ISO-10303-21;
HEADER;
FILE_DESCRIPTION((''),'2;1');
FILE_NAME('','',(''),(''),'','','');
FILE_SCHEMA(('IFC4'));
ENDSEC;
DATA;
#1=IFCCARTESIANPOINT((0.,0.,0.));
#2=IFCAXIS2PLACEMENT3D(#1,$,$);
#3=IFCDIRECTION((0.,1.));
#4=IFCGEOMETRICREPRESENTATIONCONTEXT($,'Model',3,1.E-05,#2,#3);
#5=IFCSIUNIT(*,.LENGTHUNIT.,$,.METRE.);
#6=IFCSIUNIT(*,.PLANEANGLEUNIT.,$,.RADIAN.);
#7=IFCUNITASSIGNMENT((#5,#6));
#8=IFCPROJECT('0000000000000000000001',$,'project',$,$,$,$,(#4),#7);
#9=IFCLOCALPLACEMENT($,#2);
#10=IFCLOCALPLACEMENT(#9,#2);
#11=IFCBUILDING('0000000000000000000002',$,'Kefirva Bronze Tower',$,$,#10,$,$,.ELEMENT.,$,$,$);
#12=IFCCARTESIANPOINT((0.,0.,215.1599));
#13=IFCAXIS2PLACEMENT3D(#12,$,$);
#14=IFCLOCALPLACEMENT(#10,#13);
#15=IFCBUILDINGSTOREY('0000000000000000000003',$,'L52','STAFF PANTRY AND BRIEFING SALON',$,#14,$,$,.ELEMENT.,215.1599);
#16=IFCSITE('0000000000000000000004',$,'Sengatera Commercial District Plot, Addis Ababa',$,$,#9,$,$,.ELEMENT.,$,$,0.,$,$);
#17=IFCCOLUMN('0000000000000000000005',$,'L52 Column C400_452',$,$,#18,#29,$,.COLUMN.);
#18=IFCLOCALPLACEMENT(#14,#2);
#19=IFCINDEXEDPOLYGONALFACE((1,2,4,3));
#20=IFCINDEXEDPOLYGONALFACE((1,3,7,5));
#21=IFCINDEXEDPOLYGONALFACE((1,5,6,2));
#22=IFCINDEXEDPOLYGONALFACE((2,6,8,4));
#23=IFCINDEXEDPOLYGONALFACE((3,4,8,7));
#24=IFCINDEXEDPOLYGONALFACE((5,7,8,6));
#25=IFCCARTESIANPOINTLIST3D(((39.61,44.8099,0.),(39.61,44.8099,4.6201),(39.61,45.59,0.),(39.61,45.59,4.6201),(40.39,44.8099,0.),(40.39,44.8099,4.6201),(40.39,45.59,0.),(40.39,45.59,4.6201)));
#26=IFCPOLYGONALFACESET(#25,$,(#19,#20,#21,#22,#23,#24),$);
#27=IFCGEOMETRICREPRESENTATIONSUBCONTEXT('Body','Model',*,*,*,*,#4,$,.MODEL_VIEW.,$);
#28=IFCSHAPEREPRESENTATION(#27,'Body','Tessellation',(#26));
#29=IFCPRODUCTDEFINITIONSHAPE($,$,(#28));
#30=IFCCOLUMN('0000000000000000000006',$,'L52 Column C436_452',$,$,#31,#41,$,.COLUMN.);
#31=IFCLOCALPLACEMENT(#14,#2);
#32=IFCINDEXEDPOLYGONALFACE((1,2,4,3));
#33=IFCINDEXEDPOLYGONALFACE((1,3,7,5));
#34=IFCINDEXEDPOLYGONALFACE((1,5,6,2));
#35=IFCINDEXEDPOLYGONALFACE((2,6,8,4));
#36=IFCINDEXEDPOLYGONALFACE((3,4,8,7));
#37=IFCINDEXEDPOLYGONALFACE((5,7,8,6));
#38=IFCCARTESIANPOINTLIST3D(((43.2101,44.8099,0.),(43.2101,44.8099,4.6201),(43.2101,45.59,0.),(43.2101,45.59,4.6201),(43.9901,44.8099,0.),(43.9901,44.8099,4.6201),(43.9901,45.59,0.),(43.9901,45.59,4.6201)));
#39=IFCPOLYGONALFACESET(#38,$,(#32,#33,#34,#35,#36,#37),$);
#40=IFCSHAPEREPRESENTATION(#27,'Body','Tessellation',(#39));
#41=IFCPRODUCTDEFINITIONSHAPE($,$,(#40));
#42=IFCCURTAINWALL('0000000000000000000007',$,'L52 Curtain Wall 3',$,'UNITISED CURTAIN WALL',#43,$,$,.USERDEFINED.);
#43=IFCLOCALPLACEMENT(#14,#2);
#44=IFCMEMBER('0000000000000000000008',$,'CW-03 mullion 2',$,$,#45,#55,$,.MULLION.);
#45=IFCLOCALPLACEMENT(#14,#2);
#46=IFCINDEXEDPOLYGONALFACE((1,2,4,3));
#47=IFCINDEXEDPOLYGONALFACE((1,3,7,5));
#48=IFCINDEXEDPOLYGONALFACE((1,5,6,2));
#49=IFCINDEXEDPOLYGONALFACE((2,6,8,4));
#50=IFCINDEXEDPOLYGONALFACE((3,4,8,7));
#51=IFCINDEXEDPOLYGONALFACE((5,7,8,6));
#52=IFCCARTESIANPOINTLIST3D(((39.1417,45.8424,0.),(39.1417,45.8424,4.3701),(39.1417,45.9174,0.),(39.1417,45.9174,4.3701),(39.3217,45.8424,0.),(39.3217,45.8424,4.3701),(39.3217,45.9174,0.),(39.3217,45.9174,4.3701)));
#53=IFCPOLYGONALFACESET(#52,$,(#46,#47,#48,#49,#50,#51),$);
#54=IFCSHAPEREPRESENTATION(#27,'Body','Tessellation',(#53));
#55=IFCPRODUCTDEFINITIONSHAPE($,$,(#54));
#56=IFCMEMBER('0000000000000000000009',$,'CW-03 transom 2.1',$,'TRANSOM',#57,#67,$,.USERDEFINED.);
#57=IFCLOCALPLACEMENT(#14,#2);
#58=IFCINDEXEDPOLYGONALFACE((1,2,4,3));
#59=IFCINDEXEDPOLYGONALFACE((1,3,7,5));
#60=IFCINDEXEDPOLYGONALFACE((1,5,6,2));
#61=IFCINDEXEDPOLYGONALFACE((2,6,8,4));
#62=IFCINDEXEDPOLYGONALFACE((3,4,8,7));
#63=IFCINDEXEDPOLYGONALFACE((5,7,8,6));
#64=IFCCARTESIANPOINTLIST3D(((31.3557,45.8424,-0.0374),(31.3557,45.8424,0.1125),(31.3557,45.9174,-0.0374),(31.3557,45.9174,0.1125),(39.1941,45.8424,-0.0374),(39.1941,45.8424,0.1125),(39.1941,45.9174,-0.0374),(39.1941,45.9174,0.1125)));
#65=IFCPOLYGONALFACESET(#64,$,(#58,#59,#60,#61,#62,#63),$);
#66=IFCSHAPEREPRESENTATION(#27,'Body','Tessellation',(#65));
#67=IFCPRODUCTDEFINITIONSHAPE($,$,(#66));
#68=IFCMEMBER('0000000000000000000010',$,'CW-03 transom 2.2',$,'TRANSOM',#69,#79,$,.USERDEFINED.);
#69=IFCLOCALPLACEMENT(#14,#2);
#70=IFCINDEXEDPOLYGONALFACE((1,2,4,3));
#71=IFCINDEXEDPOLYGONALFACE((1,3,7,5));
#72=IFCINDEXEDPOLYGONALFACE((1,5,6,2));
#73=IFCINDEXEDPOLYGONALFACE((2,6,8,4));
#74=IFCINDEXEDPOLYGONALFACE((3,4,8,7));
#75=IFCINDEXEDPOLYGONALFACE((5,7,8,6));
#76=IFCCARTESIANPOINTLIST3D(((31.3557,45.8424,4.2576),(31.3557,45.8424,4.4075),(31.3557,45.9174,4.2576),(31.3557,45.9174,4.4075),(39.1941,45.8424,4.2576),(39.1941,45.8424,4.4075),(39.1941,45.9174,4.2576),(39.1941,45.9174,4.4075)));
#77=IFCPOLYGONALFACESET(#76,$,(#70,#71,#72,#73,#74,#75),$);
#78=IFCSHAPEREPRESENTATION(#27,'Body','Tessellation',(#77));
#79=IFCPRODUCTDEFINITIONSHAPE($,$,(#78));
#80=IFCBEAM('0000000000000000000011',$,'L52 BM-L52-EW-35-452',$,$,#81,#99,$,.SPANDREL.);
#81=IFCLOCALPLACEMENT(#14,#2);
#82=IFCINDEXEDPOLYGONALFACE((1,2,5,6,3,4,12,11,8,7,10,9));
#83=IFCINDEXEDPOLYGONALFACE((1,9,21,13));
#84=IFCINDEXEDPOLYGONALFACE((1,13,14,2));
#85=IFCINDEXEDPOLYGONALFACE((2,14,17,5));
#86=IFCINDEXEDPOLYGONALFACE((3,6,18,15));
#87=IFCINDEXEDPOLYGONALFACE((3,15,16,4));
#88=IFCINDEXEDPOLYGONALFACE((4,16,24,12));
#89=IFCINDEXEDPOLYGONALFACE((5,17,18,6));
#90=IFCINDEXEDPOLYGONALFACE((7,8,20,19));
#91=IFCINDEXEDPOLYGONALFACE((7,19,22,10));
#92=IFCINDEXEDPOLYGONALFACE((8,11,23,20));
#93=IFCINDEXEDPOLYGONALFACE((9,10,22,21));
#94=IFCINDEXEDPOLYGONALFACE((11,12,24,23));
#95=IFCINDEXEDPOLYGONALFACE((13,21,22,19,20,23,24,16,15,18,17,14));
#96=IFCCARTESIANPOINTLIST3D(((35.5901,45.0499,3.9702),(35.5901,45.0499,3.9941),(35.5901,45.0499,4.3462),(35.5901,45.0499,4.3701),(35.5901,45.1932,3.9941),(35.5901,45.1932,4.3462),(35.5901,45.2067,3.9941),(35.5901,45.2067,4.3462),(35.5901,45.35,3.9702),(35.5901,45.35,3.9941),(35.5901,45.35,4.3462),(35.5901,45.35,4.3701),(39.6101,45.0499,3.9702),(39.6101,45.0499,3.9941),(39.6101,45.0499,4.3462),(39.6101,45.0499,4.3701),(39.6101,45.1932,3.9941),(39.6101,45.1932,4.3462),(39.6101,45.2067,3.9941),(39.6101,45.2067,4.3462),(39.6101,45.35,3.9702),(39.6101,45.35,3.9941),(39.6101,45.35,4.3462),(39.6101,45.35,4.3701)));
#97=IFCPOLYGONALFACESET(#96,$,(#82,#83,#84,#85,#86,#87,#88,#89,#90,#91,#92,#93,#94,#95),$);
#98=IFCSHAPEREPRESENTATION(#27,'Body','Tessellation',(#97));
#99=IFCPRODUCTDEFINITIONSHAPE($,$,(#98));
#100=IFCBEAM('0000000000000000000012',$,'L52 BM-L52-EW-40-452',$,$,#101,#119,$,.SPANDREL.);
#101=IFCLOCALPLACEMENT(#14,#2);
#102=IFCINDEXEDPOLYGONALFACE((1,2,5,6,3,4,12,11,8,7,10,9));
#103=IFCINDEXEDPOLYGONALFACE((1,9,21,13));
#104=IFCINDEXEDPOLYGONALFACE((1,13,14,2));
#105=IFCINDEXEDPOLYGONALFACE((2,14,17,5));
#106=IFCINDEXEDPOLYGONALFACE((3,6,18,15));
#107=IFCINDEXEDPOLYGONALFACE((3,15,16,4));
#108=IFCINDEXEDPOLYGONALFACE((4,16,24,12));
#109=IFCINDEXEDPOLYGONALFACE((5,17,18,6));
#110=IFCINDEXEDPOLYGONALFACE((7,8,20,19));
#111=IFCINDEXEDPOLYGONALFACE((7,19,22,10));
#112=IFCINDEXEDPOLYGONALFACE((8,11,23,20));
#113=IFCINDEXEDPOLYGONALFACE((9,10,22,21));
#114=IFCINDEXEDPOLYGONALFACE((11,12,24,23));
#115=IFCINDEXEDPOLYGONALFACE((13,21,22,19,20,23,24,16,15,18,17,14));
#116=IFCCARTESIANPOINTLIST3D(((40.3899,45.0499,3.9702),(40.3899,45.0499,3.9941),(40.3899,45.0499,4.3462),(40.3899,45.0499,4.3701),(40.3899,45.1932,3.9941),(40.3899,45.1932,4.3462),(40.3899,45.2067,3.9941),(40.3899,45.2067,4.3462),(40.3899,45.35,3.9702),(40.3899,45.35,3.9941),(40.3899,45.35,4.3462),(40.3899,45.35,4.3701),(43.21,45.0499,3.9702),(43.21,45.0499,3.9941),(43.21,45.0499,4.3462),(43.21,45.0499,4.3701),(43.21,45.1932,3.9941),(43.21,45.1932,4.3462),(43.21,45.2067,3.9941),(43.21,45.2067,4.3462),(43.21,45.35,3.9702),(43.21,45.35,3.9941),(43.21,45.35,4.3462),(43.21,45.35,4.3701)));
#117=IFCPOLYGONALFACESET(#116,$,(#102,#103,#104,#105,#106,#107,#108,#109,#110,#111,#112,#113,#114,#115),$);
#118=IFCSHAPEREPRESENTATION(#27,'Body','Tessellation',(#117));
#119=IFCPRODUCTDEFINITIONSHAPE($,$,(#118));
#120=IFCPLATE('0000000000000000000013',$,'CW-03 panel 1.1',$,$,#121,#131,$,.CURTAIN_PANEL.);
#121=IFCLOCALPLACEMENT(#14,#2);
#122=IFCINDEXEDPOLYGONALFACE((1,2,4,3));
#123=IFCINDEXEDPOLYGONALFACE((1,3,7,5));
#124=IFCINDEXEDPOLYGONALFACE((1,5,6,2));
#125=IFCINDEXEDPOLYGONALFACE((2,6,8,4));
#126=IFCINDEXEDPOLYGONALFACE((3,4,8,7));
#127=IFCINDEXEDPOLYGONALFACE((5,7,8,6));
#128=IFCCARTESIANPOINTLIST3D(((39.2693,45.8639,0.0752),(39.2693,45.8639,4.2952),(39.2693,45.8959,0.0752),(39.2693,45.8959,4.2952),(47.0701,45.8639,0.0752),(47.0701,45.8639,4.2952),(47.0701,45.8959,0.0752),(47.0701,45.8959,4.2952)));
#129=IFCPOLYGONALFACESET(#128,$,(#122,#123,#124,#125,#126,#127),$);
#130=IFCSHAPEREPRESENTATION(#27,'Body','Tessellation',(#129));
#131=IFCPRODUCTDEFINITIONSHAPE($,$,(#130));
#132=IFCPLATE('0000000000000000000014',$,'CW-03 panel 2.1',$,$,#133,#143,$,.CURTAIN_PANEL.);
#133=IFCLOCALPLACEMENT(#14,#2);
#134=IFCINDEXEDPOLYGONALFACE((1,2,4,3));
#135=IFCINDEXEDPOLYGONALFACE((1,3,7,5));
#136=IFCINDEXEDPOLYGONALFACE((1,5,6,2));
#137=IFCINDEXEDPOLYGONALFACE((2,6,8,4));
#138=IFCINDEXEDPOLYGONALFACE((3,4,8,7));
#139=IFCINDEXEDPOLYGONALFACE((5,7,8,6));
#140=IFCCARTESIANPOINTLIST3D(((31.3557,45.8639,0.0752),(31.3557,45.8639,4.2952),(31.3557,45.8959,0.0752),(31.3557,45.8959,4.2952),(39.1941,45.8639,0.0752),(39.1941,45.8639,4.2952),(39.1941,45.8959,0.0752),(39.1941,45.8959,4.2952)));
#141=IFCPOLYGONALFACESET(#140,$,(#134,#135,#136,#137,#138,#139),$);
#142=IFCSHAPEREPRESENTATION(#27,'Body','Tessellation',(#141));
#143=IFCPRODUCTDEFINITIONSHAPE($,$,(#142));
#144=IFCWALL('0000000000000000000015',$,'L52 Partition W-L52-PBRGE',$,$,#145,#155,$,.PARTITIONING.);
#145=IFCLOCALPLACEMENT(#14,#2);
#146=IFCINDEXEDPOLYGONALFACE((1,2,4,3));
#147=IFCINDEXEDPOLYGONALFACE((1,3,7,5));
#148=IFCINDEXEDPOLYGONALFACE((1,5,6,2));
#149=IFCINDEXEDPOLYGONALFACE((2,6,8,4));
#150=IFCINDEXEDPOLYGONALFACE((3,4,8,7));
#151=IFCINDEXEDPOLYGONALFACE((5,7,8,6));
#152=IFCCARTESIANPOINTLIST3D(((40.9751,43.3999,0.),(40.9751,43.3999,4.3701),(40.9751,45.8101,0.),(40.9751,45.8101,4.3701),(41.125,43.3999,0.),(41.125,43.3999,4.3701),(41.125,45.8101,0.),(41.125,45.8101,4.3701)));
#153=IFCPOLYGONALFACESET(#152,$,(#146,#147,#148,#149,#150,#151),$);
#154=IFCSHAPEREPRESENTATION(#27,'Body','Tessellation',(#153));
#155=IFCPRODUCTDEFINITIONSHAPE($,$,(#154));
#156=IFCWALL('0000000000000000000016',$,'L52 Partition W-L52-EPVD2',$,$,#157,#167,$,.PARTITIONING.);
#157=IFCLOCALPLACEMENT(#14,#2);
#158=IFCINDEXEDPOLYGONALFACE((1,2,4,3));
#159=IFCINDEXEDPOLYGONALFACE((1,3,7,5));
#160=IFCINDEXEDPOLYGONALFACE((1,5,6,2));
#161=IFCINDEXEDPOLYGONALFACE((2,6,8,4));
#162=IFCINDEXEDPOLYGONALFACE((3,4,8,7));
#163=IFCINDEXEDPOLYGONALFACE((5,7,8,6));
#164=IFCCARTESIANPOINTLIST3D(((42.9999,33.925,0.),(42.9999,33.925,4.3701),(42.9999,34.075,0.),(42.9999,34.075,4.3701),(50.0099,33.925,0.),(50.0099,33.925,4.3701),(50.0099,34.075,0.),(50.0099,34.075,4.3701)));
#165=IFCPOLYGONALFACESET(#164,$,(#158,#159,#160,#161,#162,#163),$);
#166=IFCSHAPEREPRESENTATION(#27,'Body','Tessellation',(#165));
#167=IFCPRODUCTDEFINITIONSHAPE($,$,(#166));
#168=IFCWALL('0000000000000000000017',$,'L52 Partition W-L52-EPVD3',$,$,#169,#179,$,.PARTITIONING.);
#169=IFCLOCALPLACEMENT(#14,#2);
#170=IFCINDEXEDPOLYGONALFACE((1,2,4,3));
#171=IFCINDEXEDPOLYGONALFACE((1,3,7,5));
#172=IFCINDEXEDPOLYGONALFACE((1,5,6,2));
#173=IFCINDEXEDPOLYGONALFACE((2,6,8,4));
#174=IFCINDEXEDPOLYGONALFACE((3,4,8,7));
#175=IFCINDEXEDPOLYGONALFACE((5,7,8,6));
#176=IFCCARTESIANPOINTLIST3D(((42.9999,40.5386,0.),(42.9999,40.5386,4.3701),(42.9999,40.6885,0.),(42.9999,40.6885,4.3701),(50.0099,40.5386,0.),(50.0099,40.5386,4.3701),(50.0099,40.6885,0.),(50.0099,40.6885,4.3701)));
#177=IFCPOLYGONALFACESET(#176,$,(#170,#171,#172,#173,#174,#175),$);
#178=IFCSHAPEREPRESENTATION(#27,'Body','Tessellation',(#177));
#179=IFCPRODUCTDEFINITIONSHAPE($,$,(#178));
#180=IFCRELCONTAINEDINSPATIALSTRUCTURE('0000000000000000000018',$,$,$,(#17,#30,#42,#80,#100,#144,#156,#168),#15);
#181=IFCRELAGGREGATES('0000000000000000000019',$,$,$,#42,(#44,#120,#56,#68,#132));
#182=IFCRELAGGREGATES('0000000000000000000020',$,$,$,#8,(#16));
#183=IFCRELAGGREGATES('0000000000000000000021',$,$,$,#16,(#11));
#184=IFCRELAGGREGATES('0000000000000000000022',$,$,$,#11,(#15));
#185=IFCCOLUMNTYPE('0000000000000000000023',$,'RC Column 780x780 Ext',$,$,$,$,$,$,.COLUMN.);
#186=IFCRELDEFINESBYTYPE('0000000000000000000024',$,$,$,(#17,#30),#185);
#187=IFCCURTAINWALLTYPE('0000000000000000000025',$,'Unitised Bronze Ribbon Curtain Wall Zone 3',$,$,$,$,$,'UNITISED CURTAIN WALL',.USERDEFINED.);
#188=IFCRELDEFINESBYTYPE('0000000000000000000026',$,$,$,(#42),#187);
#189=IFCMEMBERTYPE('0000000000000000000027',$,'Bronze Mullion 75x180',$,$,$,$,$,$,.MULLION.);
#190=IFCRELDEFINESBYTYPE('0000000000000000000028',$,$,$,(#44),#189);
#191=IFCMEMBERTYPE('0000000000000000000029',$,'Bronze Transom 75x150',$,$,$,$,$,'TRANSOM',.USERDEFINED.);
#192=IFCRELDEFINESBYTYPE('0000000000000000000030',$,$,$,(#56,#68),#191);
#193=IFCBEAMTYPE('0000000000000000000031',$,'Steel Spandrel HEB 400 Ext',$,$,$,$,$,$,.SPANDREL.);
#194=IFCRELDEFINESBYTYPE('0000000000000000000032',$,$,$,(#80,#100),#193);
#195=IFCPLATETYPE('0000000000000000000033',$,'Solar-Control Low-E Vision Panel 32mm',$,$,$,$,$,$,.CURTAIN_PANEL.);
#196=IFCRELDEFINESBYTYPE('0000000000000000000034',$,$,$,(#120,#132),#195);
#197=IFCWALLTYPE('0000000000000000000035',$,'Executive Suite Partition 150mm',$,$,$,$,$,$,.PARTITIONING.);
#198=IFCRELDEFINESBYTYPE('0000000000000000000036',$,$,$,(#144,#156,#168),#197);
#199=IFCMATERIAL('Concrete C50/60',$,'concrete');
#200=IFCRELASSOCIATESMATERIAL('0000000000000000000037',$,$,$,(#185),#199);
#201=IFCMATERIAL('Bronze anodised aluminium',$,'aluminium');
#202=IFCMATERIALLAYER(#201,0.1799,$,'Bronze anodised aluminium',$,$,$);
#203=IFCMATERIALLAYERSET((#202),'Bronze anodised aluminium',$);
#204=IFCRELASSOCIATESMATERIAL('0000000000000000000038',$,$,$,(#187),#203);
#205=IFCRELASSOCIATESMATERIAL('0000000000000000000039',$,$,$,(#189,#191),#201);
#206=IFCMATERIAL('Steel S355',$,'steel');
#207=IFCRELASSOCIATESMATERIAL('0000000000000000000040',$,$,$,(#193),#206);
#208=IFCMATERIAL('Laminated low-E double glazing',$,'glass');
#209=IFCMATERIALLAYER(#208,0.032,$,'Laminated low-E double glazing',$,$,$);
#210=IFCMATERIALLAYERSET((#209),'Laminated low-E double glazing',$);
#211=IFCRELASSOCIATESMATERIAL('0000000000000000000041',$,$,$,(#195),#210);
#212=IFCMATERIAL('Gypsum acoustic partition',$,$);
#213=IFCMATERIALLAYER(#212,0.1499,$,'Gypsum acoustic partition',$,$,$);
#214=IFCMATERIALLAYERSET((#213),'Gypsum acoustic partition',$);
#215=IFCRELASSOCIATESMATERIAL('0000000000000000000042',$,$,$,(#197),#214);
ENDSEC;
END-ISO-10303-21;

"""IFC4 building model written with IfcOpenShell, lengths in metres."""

from ifc_helpers import new_model, si_unit, direction, frame, frame_2d, origin, origin_2d, place, context, subcontext, project, spatial, rectangle, i_section, extrude, material, layer, layer_set, material_profile, profile_set, type_object, element, aggregate, save


model = new_model("IFC4")

# Units and contexts
model_context = context("Model", 3, precision=1e-05, world=origin(), true_north=direction((0.0, 1.0)))
body_context = subcontext(model_context, "Body", "Model", "MODEL_VIEW")
ifc_project = project(units=[si_unit("LENGTHUNIT", "METRE"), si_unit("PLANEANGLEUNIT", "RADIAN")], contexts=[model_context])

# Site, building, storey
site_placement = place(None, origin())
site = spatial("IfcSite", under=ifc_project, at=site_placement, Name="Sengatera Commercial District Plot, Addis Ababa", CompositionType="ELEMENT", RefElevation=0.0)
building_placement = place(site_placement, origin())
building = spatial("IfcBuilding", under=site, at=building_placement, Name="Kefirva Bronze Tower", CompositionType="ELEMENT")
storey_placement = place(building_placement, frame((0.0, 0.0, 215.1599)))
storey = spatial("IfcBuildingStorey", under=building, at=storey_placement, Name="L52", Description="STAFF PANTRY AND BRIEFING SALON", CompositionType="ELEMENT", Elevation=215.1599)

# Columns
ifc_material_1 = material(Name="Concrete C50/60", Category="concrete")
ifc_material_profile_1 = material_profile(ifc_material_1, rectangle(XDim=0.78, YDim=0.78, at=origin_2d()), Name="RC 780x780")
ifc_profile_set_1 = profile_set([ifc_material_profile_1], Name="Concrete C50/60")
column_type = type_object("IfcColumnType", Name="RC Column 780x780 Ext", PredefinedType="COLUMN", material=ifc_profile_set_1)
for number, where, z_axis, x_axis, name in (
    (1, (40.0, 45.2, 0.0), (0.0, 0.0, 1.0), (1.0, 0.0, 0.0), "L52 Column C400_452"),
    (2, (43.6001, 45.2, 0.0), (0.0, 0.0, 1.0), (1.0, 0.0, 0.0), "L52 Column C436_452"),
):
    element("IfcColumn", number, at=place(storey_placement, frame(where, z_axis=z_axis, x_axis=x_axis)), inside=storey, type_object=column_type, Name=name, PredefinedType="COLUMN", context=body_context, shape_type="SweptSolid", body=[
        extrude(rectangle(XDim=0.78, YDim=0.78, at=origin_2d()), origin(), (0.0, 0.0, 1.0), 4.6201),
    ])

# Curtain wall, members
ifc_material_2 = material(Name="Bronze anodised aluminium", Category="aluminium")
ifc_layer_1 = layer(ifc_material_2, 0.1799, Name="Bronze anodised aluminium")
ifc_layer_set_1 = layer_set([ifc_layer_1], Name="Bronze anodised aluminium")
curtain_wall_type = type_object("IfcCurtainWallType", Name="Unitised Bronze Ribbon Curtain Wall Zone 3", ElementType="UNITISED CURTAIN WALL", PredefinedType="USERDEFINED", material=ifc_layer_set_1)
curtain_wall_placement = place(storey_placement, origin())
curtain_wall = element("IfcCurtainWall", 3, at=curtain_wall_placement, inside=storey, type_object=curtain_wall_type, Name="L52 Curtain Wall 3", ObjectType="UNITISED CURTAIN WALL", PredefinedType="USERDEFINED")
ifc_material_profile_2 = material_profile(ifc_material_2, rectangle(XDim=0.075, YDim=0.1799, at=origin_2d()), Name="ALU 75x180")
ifc_profile_set_2 = profile_set([ifc_material_profile_2], Name="Bronze anodised aluminium")
member_type_1 = type_object("IfcMemberType", Name="Bronze Mullion 75x180", PredefinedType="MULLION", material=ifc_profile_set_2)
member_1_placement = place(storey_placement, frame((39.2317, 45.8799, 0.0), z_axis=(0.0, 0.0, 1.0), x_axis=(0.0, -1.0, 0.0)))
member_1 = element("IfcMember", 4, at=member_1_placement, type_object=member_type_1, Name="CW-03 mullion 2", PredefinedType="MULLION", context=body_context, shape_type="SweptSolid", body=[
    extrude(rectangle(XDim=0.075, YDim=0.1799, at=origin_2d()), origin(), (0.0, 0.0, 1.0), 4.3701),
])
ifc_material_profile_3 = material_profile(ifc_material_2, rectangle(XDim=0.075, YDim=0.1499, at=origin_2d()), Name="ALU 75x150")
ifc_profile_set_3 = profile_set([ifc_material_profile_3], Name="Bronze anodised aluminium")
member_type_2 = type_object("IfcMemberType", Name="Bronze Transom 75x150", ElementType="TRANSOM", PredefinedType="USERDEFINED", material=ifc_profile_set_3)
member_2_placement = place(storey_placement, frame((39.1941, 45.8799, 0.0376), z_axis=(-1.0, 0.0, 0.0), x_axis=(0.0, -1.0, 0.0)))
member_2 = element("IfcMember", 5, at=member_2_placement, type_object=member_type_2, Name="CW-03 transom 2.1", ObjectType="TRANSOM", PredefinedType="USERDEFINED", context=body_context, shape_type="SweptSolid", body=[
    extrude(rectangle(XDim=0.075, YDim=0.1499, at=origin_2d()), origin(), (0.0, 0.0, 1.0), 7.8384),
])
member_3_placement = place(storey_placement, frame((39.1941, 45.8799, 4.3325), z_axis=(-1.0, 0.0, 0.0), x_axis=(0.0, -1.0, 0.0)))
member_3 = element("IfcMember", 6, at=member_3_placement, type_object=member_type_2, Name="CW-03 transom 2.2", ObjectType="TRANSOM", PredefinedType="USERDEFINED", context=body_context, shape_type="SweptSolid", body=[
    extrude(rectangle(XDim=0.075, YDim=0.1499, at=origin_2d()), origin(), (0.0, 0.0, 1.0), 7.8384),
])

# Beams
ifc_material_3 = material(Name="Steel S355", Category="steel")
ifc_material_profile_4 = material_profile(ifc_material_3, i_section(OverallWidth=0.3, OverallDepth=0.3999, WebThickness=0.0134, FlangeThickness=0.0239, at=origin_2d()), Name="HEB 400")
ifc_profile_set_4 = profile_set([ifc_material_profile_4], Name="Steel S355")
beam_type = type_object("IfcBeamType", Name="Steel Spandrel HEB 400 Ext", PredefinedType="SPANDREL", material=ifc_profile_set_4)
beam_1_placement = place(storey_placement, frame((35.5901, 45.2, 4.1702), z_axis=(1.0, 0.0, 0.0), x_axis=(0.0, 1.0, 0.0)))
element("IfcBeam", 7, at=beam_1_placement, inside=storey, type_object=beam_type, Name="L52 BM-L52-EW-35-452", PredefinedType="SPANDREL", context=body_context, shape_type="SweptSolid", body=[
    extrude(i_section(OverallWidth=0.3, OverallDepth=0.3999, WebThickness=0.0134, FlangeThickness=0.0239, at=origin_2d()), origin(), (0.0, 0.0, 1.0), 4.02),
])
beam_2_placement = place(storey_placement, frame((40.3899, 45.2, 4.1702), z_axis=(1.0, 0.0, 0.0), x_axis=(0.0, 1.0, 0.0)))
element("IfcBeam", 8, at=beam_2_placement, inside=storey, type_object=beam_type, Name="L52 BM-L52-EW-40-452", PredefinedType="SPANDREL", context=body_context, shape_type="SweptSolid", body=[
    extrude(i_section(OverallWidth=0.3, OverallDepth=0.3999, WebThickness=0.0134, FlangeThickness=0.0239, at=origin_2d()), origin(), (0.0, 0.0, 1.0), 2.8201),
])

# Plates
ifc_material_4 = material(Name="Laminated low-E double glazing", Category="glass")
ifc_layer_2 = layer(ifc_material_4, 0.032, Name="Laminated low-E double glazing")
ifc_layer_set_2 = layer_set([ifc_layer_2], Name="Laminated low-E double glazing")
plate_type = type_object("IfcPlateType", Name="Solar-Control Low-E Vision Panel 32mm", PredefinedType="CURTAIN_PANEL", material=ifc_layer_set_2)
plate_1_placement = place(storey_placement, frame((43.1697, 45.8799, 0.0752), z_axis=(0.0, 0.0, 1.0), x_axis=(-1.0, 0.0, 0.0)))
plate_1 = element("IfcPlate", 9, at=plate_1_placement, type_object=plate_type, Name="CW-03 panel 1.1", PredefinedType="CURTAIN_PANEL", context=body_context, shape_type="SweptSolid", body=[
    extrude(rectangle(XDim=7.8008, YDim=0.032, at=origin_2d()), origin(), (0.0, 0.0, 1.0), 4.22),
])
plate_2_placement = place(storey_placement, frame((35.2749, 45.8799, 0.0752), z_axis=(0.0, 0.0, 1.0), x_axis=(-1.0, 0.0, 0.0)))
plate_2 = element("IfcPlate", 10, at=plate_2_placement, type_object=plate_type, Name="CW-03 panel 2.1", PredefinedType="CURTAIN_PANEL", context=body_context, shape_type="SweptSolid", body=[
    extrude(rectangle(XDim=7.8384, YDim=0.032, at=origin_2d()), origin(), (0.0, 0.0, 1.0), 4.22),
])
aggregate(curtain_wall, [member_1, plate_1, member_2, member_3, plate_2])

# Walls
ifc_material_5 = material(Name="Gypsum acoustic partition")
ifc_layer_3 = layer(ifc_material_5, 0.1499, Name="Gypsum acoustic partition")
ifc_layer_set_3 = layer_set([ifc_layer_3], Name="Gypsum acoustic partition")
wall_type_1 = type_object("IfcWallType", Name="Executive Suite Partition 150mm", PredefinedType="PARTITIONING", material=ifc_layer_set_3)
wall_1_placement = place(storey_placement, frame((41.05, 43.3999, 0.0), z_axis=(0.0, 0.0, 1.0), x_axis=(0.0, 1.0, 0.0)))
element("IfcWall", 11, at=wall_1_placement, inside=storey, type_object=wall_type_1, Name="L52 Partition W-L52-PBRGE", PredefinedType="PARTITIONING", context=body_context, shape_type="SweptSolid", body=[
    extrude(rectangle(XDim=2.4102, YDim=0.1499, at=frame_2d((1.2051, 0.0))), origin(), (0.0, 0.0, 1.0), 4.3701),
])
for number, where, z_axis, x_axis, name in (
    (12, (43.0, 34.0, 0.0), (0.0, 0.0, 1.0), (1.0, 0.0, 0.0), "L52 Partition W-L52-EPVD2"),
    (13, (43.0, 40.6135, 0.0), (0.0, 0.0, 1.0), (1.0, 0.0, 0.0), "L52 Partition W-L52-EPVD3"),
):
    element("IfcWall", number, at=place(storey_placement, frame(where, z_axis=z_axis, x_axis=x_axis)), inside=storey, type_object=wall_type_1, Name=name, PredefinedType="PARTITIONING", context=body_context, shape_type="SweptSolid", body=[
        extrude(rectangle(XDim=7.01, YDim=0.1499, at=frame_2d((3.5049, 0.0))), origin(), (0.0, 0.0, 1.0), 4.3701),
    ])

save(model, "model.ifc")
